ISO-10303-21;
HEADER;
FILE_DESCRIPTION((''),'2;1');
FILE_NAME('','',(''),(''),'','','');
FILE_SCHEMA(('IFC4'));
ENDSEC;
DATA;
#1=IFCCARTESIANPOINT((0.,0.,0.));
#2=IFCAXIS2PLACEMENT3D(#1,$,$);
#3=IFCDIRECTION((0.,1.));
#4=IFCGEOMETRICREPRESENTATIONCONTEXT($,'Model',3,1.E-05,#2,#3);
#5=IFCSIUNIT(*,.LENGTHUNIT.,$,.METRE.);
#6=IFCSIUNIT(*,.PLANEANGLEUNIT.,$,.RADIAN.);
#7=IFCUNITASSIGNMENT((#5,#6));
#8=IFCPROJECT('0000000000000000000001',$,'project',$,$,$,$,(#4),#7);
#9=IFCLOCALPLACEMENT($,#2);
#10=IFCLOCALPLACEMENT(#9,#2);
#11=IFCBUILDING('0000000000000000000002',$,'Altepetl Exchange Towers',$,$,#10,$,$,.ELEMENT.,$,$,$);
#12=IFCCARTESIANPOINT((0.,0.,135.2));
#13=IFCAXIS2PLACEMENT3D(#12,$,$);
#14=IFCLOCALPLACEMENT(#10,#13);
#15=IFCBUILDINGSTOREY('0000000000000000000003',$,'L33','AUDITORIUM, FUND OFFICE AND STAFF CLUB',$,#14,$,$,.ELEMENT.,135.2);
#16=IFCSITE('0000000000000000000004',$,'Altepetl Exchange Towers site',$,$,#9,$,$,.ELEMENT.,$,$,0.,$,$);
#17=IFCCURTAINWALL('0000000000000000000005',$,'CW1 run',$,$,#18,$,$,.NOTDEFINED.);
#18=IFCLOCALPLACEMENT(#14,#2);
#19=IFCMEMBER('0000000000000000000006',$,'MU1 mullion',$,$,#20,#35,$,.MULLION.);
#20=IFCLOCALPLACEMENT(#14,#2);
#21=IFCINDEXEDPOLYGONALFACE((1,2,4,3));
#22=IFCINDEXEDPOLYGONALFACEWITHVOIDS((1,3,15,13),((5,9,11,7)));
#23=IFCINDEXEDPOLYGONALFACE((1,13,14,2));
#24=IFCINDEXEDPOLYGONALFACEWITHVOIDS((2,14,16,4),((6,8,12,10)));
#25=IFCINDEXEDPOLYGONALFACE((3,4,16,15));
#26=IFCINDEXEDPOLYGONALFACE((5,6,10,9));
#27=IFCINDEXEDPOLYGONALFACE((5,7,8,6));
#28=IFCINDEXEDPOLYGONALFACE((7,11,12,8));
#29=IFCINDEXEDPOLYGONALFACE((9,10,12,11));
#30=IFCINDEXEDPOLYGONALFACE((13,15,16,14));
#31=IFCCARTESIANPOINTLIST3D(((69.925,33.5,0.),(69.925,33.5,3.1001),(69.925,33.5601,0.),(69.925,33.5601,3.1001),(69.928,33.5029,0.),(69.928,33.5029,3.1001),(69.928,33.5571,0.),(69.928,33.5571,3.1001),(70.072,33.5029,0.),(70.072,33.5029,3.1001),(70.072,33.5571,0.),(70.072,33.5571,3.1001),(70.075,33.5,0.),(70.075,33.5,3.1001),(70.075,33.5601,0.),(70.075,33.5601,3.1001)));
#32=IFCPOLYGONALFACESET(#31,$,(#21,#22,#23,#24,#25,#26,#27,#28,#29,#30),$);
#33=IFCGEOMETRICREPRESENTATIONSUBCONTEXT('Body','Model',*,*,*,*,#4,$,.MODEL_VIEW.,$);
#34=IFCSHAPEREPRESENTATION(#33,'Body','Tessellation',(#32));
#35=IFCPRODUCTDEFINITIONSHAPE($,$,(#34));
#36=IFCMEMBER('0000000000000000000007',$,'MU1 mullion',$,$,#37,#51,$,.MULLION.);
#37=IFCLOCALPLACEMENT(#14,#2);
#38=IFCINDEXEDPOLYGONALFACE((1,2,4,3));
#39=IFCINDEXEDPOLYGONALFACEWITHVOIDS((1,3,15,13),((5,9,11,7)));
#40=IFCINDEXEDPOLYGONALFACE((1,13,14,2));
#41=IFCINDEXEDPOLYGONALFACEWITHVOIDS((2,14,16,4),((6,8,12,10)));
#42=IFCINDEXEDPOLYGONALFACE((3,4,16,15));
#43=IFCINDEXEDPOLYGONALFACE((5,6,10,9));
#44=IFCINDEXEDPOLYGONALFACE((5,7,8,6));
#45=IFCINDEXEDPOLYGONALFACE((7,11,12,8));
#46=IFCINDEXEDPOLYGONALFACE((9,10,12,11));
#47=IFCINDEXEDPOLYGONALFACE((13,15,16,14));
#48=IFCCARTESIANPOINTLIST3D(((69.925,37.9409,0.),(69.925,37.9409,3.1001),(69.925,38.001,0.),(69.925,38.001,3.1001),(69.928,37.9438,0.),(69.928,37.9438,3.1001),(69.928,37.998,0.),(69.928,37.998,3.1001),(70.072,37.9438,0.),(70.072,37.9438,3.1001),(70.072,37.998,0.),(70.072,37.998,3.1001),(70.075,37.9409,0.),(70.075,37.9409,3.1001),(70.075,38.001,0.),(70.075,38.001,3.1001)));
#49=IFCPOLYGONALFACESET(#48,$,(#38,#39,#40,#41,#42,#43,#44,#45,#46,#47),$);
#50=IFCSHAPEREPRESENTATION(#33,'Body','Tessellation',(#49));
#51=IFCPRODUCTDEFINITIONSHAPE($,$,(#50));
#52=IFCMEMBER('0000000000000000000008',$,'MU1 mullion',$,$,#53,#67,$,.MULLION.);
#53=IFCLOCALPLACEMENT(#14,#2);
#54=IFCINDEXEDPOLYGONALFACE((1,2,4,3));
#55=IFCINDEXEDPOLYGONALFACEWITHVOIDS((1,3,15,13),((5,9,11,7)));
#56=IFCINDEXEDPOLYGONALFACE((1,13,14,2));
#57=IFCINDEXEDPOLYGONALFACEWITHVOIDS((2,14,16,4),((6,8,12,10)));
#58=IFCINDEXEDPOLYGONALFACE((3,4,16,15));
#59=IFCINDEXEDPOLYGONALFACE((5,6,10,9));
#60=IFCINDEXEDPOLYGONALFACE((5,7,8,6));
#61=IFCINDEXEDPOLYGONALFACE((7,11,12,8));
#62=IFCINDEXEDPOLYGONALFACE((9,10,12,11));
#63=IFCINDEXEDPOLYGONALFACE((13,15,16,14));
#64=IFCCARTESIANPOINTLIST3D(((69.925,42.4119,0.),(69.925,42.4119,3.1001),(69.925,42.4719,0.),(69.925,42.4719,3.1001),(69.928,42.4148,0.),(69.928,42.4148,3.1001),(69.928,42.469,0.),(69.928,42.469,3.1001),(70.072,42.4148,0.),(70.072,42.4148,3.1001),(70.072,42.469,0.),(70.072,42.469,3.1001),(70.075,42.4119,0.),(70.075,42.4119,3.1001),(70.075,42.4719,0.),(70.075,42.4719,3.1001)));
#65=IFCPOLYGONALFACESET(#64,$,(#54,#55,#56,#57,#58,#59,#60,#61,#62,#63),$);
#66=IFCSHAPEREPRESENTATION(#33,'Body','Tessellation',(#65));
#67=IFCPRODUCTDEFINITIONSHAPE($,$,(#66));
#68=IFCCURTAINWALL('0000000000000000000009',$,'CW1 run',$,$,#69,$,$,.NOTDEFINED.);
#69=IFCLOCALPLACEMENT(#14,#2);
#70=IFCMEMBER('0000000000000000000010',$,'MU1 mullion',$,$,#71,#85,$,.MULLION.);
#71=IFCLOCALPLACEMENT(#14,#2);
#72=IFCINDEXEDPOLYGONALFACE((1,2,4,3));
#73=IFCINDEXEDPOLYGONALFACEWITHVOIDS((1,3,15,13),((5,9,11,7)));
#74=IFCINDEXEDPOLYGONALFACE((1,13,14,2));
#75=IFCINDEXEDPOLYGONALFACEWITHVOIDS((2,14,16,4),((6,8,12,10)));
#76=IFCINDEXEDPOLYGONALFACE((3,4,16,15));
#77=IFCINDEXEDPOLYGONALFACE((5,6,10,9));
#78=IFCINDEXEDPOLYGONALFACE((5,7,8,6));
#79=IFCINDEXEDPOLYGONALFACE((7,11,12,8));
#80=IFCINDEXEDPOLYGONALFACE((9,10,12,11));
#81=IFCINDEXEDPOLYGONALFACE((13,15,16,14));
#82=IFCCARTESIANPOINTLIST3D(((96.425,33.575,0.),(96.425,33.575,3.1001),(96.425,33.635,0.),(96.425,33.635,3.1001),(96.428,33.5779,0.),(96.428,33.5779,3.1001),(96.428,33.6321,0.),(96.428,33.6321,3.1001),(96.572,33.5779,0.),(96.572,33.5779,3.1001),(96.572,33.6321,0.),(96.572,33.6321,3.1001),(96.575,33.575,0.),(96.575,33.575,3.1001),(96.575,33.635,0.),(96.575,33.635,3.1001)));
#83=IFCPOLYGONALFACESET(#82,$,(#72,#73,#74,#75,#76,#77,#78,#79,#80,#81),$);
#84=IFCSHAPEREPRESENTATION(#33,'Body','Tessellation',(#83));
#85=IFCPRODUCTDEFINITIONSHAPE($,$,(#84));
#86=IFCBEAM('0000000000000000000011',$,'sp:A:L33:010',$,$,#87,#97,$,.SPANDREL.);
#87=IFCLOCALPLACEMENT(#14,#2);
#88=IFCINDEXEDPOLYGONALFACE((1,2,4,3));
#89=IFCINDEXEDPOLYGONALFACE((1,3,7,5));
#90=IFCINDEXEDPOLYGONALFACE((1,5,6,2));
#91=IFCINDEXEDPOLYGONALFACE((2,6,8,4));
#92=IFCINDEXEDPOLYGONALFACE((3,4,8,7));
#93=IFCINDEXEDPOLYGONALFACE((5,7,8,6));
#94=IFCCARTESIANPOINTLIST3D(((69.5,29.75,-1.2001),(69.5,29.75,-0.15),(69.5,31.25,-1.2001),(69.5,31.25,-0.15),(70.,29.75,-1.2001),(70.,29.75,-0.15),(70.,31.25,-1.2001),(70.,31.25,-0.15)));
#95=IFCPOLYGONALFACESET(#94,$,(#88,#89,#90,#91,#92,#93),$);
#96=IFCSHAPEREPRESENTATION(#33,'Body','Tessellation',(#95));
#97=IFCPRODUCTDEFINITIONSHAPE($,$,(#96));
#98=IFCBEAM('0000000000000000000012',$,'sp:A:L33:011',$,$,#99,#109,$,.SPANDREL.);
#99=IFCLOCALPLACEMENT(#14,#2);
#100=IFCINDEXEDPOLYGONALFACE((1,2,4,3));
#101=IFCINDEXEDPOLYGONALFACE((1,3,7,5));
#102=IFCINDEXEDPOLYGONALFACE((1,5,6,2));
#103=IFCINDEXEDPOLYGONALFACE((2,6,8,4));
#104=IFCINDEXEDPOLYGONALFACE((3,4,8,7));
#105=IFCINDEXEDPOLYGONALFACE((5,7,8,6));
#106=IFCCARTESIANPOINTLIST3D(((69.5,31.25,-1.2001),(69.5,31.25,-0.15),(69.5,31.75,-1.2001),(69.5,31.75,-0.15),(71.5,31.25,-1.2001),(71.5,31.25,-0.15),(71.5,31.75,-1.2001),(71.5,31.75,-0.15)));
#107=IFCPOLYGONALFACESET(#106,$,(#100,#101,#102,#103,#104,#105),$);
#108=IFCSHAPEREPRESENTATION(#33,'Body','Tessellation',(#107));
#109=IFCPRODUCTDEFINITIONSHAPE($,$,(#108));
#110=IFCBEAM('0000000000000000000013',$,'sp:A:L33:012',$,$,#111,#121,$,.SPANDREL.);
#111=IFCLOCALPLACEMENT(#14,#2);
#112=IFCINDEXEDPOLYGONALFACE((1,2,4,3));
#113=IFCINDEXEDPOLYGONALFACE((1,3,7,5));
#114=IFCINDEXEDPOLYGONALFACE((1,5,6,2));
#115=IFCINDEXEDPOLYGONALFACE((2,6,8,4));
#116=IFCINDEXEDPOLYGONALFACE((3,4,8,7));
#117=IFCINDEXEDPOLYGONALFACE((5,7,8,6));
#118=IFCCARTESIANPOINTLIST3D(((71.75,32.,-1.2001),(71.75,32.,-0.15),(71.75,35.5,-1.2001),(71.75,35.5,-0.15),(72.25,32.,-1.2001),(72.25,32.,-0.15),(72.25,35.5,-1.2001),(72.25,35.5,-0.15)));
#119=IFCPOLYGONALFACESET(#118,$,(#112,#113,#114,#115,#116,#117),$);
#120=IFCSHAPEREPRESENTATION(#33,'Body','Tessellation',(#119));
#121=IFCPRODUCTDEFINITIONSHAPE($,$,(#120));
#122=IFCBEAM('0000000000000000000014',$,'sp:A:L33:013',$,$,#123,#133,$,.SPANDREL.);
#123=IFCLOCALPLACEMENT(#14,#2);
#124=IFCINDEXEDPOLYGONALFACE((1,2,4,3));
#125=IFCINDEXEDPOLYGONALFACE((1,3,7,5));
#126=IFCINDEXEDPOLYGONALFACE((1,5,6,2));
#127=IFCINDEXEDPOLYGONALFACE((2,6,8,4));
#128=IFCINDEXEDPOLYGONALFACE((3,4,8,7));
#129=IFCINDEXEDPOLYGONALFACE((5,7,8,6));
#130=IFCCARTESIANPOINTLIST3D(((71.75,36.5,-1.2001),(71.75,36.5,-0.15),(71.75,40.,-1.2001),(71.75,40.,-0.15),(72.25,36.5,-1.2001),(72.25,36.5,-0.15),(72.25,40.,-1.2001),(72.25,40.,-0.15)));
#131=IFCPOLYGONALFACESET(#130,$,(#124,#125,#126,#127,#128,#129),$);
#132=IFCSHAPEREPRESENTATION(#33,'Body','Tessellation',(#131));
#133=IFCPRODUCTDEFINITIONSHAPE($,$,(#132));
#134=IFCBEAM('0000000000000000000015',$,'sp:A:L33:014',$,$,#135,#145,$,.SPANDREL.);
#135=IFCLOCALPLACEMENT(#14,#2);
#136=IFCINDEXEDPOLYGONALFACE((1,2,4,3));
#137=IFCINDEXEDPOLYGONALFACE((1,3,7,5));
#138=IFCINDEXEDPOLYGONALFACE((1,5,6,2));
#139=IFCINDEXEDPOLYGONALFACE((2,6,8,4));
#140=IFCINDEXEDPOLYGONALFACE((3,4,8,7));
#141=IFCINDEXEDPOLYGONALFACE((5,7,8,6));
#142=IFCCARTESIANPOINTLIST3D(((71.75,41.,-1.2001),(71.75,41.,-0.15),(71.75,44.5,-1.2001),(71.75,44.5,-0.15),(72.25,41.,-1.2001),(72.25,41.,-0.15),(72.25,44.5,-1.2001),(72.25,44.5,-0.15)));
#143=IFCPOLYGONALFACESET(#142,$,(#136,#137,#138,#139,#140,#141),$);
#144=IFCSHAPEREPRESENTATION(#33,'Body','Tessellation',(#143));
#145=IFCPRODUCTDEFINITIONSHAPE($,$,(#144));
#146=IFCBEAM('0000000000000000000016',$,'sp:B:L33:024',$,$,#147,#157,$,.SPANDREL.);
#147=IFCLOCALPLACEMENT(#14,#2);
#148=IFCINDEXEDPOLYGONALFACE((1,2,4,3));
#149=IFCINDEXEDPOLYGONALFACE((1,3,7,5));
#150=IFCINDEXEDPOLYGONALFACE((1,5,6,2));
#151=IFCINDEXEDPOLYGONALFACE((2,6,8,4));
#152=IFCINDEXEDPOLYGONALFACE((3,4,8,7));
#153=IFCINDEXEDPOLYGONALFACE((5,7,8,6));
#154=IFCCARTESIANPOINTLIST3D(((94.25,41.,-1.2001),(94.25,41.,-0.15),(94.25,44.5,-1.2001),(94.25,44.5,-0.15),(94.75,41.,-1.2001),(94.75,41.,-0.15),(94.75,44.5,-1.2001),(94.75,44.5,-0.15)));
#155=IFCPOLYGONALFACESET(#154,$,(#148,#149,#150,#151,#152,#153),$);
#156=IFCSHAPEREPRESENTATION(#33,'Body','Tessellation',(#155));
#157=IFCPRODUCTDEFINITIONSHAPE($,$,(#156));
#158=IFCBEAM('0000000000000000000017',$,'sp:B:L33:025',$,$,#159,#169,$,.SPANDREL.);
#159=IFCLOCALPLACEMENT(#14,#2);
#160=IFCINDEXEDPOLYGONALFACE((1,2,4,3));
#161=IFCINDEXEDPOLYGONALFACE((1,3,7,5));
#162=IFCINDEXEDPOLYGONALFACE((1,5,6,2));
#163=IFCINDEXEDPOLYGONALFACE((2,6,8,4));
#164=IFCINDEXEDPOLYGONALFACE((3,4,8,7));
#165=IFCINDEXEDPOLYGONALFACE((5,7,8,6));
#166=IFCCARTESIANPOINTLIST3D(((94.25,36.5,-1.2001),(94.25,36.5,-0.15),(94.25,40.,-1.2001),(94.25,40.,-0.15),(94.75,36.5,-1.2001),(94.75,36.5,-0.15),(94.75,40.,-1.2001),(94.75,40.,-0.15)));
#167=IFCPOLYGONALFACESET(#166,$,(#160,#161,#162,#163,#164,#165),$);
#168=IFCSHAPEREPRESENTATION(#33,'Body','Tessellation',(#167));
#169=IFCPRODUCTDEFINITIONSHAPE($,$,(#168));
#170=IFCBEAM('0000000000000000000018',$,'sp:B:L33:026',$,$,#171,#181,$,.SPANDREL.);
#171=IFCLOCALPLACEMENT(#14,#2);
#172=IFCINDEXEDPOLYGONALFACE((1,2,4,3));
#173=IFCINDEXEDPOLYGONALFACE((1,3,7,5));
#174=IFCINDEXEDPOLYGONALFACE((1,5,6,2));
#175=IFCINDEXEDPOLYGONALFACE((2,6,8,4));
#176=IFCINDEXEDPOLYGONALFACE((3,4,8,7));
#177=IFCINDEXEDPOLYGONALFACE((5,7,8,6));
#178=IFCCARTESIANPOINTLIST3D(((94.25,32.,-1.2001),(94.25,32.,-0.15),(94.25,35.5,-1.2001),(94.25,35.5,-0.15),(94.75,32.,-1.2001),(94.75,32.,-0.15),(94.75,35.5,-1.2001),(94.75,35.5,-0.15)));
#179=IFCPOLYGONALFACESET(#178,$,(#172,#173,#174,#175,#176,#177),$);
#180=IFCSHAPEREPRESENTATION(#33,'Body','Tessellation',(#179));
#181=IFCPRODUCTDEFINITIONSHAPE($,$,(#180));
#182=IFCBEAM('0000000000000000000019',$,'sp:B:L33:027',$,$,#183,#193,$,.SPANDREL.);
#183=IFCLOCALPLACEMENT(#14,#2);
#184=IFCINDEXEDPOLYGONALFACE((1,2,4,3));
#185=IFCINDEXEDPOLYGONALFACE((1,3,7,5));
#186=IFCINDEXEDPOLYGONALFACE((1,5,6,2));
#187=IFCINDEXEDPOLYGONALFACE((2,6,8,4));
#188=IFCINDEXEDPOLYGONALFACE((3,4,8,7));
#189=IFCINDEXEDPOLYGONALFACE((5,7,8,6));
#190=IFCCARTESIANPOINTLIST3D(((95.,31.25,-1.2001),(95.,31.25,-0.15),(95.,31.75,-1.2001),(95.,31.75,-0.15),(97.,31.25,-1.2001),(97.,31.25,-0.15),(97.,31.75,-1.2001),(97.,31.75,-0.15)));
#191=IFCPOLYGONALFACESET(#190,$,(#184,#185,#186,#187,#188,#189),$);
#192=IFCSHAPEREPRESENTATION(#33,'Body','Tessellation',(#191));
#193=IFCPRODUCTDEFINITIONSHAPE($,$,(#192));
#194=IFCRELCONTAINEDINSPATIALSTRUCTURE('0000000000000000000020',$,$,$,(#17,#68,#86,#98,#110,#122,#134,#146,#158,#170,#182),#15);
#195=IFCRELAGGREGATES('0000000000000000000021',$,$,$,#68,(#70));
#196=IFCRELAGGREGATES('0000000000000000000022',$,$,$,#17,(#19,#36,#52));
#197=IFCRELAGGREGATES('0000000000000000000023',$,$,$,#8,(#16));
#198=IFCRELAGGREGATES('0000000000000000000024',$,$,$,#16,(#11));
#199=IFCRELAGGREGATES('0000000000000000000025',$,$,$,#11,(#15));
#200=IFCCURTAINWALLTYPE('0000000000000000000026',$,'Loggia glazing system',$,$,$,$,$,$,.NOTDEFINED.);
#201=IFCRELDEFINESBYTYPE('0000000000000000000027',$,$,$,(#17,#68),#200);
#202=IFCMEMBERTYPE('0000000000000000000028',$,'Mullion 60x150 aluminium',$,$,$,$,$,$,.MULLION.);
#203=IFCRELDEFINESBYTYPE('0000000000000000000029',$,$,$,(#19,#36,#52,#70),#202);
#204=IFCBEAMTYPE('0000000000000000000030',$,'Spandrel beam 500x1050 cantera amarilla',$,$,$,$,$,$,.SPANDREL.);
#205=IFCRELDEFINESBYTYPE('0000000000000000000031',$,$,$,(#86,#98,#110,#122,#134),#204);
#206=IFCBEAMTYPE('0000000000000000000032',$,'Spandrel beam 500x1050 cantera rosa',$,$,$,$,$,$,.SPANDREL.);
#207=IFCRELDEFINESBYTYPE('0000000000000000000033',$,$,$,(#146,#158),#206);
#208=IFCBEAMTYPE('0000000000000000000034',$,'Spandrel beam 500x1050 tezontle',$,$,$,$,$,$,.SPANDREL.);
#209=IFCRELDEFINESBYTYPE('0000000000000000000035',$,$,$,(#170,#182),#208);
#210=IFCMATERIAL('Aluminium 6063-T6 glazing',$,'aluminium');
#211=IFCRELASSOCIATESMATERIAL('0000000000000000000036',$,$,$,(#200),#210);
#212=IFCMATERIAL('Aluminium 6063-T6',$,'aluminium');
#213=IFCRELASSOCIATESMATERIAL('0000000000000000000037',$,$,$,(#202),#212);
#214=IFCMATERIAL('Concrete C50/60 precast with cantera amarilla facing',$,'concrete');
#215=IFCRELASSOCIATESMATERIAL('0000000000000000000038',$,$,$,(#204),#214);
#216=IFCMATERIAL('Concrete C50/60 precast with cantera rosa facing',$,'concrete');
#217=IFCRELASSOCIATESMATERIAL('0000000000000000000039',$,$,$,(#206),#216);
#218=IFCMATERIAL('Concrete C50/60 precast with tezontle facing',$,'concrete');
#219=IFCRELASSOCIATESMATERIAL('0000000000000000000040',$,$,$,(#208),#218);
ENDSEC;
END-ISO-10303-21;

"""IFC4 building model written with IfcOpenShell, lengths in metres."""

from ifc_helpers import new_model, si_unit, direction, frame, origin, origin_2d, place, context, subcontext, project, spatial, rectangle, hollow_rectangle, extrude, material, material_profile, profile_set, type_object, element, aggregate, save


model = new_model("IFC4")

# Units and contexts
model_context = context("Model", 3, precision=1e-05, world=origin(), true_north=direction((0.0, 1.0)))
body_context = subcontext(model_context, "Body", "Model", "MODEL_VIEW")
ifc_project = project(units=[si_unit("LENGTHUNIT", "METRE"), si_unit("PLANEANGLEUNIT", "RADIAN")], contexts=[model_context])

# Site, building, storey
site_placement = place(None, origin())
site = spatial("IfcSite", under=ifc_project, at=site_placement, Name="Altepetl Exchange Towers site", CompositionType="ELEMENT", RefElevation=0.0)
building_placement = place(site_placement, origin())
building = spatial("IfcBuilding", under=site, at=building_placement, Name="Altepetl Exchange Towers", CompositionType="ELEMENT")
storey_placement = place(building_placement, frame((0.0, 0.0, 135.2)))
storey = spatial("IfcBuildingStorey", under=building, at=storey_placement, Name="L33", Description="AUDITORIUM, FUND OFFICE AND STAFF CLUB", CompositionType="ELEMENT", Elevation=135.2)

# Curtain wall, members
ifc_material_1 = material(Name="Aluminium 6063-T6 glazing", Category="aluminium")
curtain_wall_type = type_object("IfcCurtainWallType", Name="Loggia glazing system", PredefinedType="NOTDEFINED", material=ifc_material_1)
ifc_material_2 = material(Name="Aluminium 6063-T6", Category="aluminium")
ifc_material_profile_1 = material_profile(ifc_material_2, hollow_rectangle(XDim=0.0601, YDim=0.1499, WallThickness=0.0029, at=origin_2d()), Name="Mullion 60x150 aluminium")
ifc_profile_set_1 = profile_set([ifc_material_profile_1], Name="Aluminium 6063-T6")
member_type = type_object("IfcMemberType", Name="Mullion 60x150 aluminium", PredefinedType="MULLION", material=ifc_profile_set_1)
curtain_wall_1_placement = place(storey_placement, origin())
curtain_wall_1 = element("IfcCurtainWall", 1, at=curtain_wall_1_placement, inside=storey, type_object=curtain_wall_type, Name="CW1 run", PredefinedType="NOTDEFINED")
member_1_placement = place(storey_placement, frame((70.0, 33.53, 0.0), z_axis=(0.0, 0.0, 1.0), x_axis=(0.0, 1.0, 0.0)))
member_1 = element("IfcMember", 2, at=member_1_placement, type_object=member_type, Name="MU1 mullion", PredefinedType="MULLION", context=body_context, shape_type="SweptSolid", body=[
    extrude(hollow_rectangle(XDim=0.0601, YDim=0.1499, WallThickness=0.0029, at=origin_2d()), origin(), (0.0, 0.0, 1.0), 3.1001),
])
member_2_placement = place(storey_placement, frame((70.0, 37.9709, 0.0), z_axis=(0.0, 0.0, 1.0), x_axis=(0.0, 1.0, 0.0)))
member_2 = element("IfcMember", 3, at=member_2_placement, type_object=member_type, Name="MU1 mullion", PredefinedType="MULLION", context=body_context, shape_type="SweptSolid", body=[
    extrude(hollow_rectangle(XDim=0.0601, YDim=0.1499, WallThickness=0.0029, at=origin_2d()), origin(), (0.0, 0.0, 1.0), 3.1001),
])
member_3_placement = place(storey_placement, frame((70.0, 42.4419, 0.0), z_axis=(0.0, 0.0, 1.0), x_axis=(0.0, 1.0, 0.0)))
member_3 = element("IfcMember", 4, at=member_3_placement, type_object=member_type, Name="MU1 mullion", PredefinedType="MULLION", context=body_context, shape_type="SweptSolid", body=[
    extrude(hollow_rectangle(XDim=0.0601, YDim=0.1499, WallThickness=0.0029, at=origin_2d()), origin(), (0.0, 0.0, 1.0), 3.1001),
])

# Curtain wall, member
curtain_wall_2_placement = place(storey_placement, origin())
curtain_wall_2 = element("IfcCurtainWall", 5, at=curtain_wall_2_placement, inside=storey, type_object=curtain_wall_type, Name="CW1 run", PredefinedType="NOTDEFINED")
member_4_placement = place(storey_placement, frame((96.5, 33.605, 0.0), z_axis=(0.0, 0.0, 1.0), x_axis=(0.0, -1.0, 0.0)))
member_4 = element("IfcMember", 6, at=member_4_placement, type_object=member_type, Name="MU1 mullion", PredefinedType="MULLION", context=body_context, shape_type="SweptSolid", body=[
    extrude(hollow_rectangle(XDim=0.0601, YDim=0.1499, WallThickness=0.0029, at=origin_2d()), origin(), (0.0, 0.0, 1.0), 3.1001),
])
aggregate(curtain_wall_2, [member_4])

# Beams
ifc_material_3 = material(Name="Concrete C50/60 precast with cantera amarilla facing", Category="concrete")
ifc_material_profile_2 = material_profile(ifc_material_3, rectangle(XDim=0.5, YDim=1.05, at=origin_2d()), Name="500 x 1050")
ifc_profile_set_2 = profile_set([ifc_material_profile_2], Name="Concrete C50/60 precast with cantera amarilla facing")
beam_type_1 = type_object("IfcBeamType", Name="Spandrel beam 500x1050 cantera amarilla", PredefinedType="SPANDREL", material=ifc_profile_set_2)
beam_1_placement = place(storey_placement, frame((69.75, 29.75, -0.675), z_axis=(0.0, 1.0, 0.0), x_axis=(-1.0, 0.0, 0.0)))
element("IfcBeam", 7, at=beam_1_placement, inside=storey, type_object=beam_type_1, Name="sp:A:L33:010", PredefinedType="SPANDREL", context=body_context, shape_type="SweptSolid", body=[
    extrude(rectangle(XDim=0.5, YDim=1.05, at=origin_2d()), origin(), (0.0, 0.0, 1.0), 1.5),
])
beam_2_placement = place(storey_placement, frame((69.5, 31.5, -0.675), z_axis=(1.0, 0.0, 0.0), x_axis=(0.0, 1.0, 0.0)))
element("IfcBeam", 8, at=beam_2_placement, inside=storey, type_object=beam_type_1, Name="sp:A:L33:011", PredefinedType="SPANDREL", context=body_context, shape_type="SweptSolid", body=[
    extrude(rectangle(XDim=0.5, YDim=1.05, at=origin_2d()), origin(), (0.0, 0.0, 1.0), 2.0),
])
for number, where, z_axis, x_axis, name in (
    (9, (72.0, 32.0, -0.675), (0.0, 1.0, 0.0), (-1.0, 0.0, 0.0), "sp:A:L33:012"),
    (10, (72.0, 36.5, -0.675), (0.0, 1.0, 0.0), (-1.0, 0.0, 0.0), "sp:A:L33:013"),
    (11, (72.0, 41.0, -0.675), (0.0, 1.0, 0.0), (-1.0, 0.0, 0.0), "sp:A:L33:014"),
):
    element("IfcBeam", number, at=place(storey_placement, frame(where, z_axis=z_axis, x_axis=x_axis)), inside=storey, type_object=beam_type_1, Name=name, PredefinedType="SPANDREL", context=body_context, shape_type="SweptSolid", body=[
        extrude(rectangle(XDim=0.5, YDim=1.05, at=origin_2d()), origin(), (0.0, 0.0, 1.0), 3.5),
    ])
ifc_material_4 = material(Name="Concrete C50/60 precast with cantera rosa facing", Category="concrete")
ifc_material_profile_3 = material_profile(ifc_material_4, rectangle(XDim=0.5, YDim=1.05, at=origin_2d()), Name="500 x 1050")
ifc_profile_set_3 = profile_set([ifc_material_profile_3], Name="Concrete C50/60 precast with cantera rosa facing")
beam_type_2 = type_object("IfcBeamType", Name="Spandrel beam 500x1050 cantera rosa", PredefinedType="SPANDREL", material=ifc_profile_set_3)
for number, where, z_axis, x_axis, name in (
    (12, (94.5, 44.5, -0.675), (0.0, -1.0, 0.0), (1.0, 0.0, 0.0), "sp:B:L33:024"),
    (13, (94.5, 40.0, -0.675), (0.0, -1.0, 0.0), (1.0, 0.0, 0.0), "sp:B:L33:025"),
):
    element("IfcBeam", number, at=place(storey_placement, frame(where, z_axis=z_axis, x_axis=x_axis)), inside=storey, type_object=beam_type_2, Name=name, PredefinedType="SPANDREL", context=body_context, shape_type="SweptSolid", body=[
        extrude(rectangle(XDim=0.5, YDim=1.05, at=origin_2d()), origin(), (0.0, 0.0, 1.0), 3.5),
    ])
ifc_material_5 = material(Name="Concrete C50/60 precast with tezontle facing", Category="concrete")
ifc_material_profile_4 = material_profile(ifc_material_5, rectangle(XDim=0.5, YDim=1.05, at=origin_2d()), Name="500 x 1050")
ifc_profile_set_4 = profile_set([ifc_material_profile_4], Name="Concrete C50/60 precast with tezontle facing")
beam_type_3 = type_object("IfcBeamType", Name="Spandrel beam 500x1050 tezontle", PredefinedType="SPANDREL", material=ifc_profile_set_4)
beam_3_placement = place(storey_placement, frame((94.5, 35.5, -0.675), z_axis=(0.0, -1.0, 0.0), x_axis=(1.0, 0.0, 0.0)))
element("IfcBeam", 14, at=beam_3_placement, inside=storey, type_object=beam_type_3, Name="sp:B:L33:026", PredefinedType="SPANDREL", context=body_context, shape_type="SweptSolid", body=[
    extrude(rectangle(XDim=0.5, YDim=1.05, at=origin_2d()), origin(), (0.0, 0.0, 1.0), 3.5),
])
beam_4_placement = place(storey_placement, frame((95.0, 31.5, -0.675), z_axis=(1.0, 0.0, 0.0), x_axis=(0.0, 1.0, 0.0)))
element("IfcBeam", 15, at=beam_4_placement, inside=storey, type_object=beam_type_3, Name="sp:B:L33:027", PredefinedType="SPANDREL", context=body_context, shape_type="SweptSolid", body=[
    extrude(rectangle(XDim=0.5, YDim=1.05, at=origin_2d()), origin(), (0.0, 0.0, 1.0), 2.0),
])

aggregate(curtain_wall_1, [member_1, member_2, member_3])

save(model, "model.ifc")
